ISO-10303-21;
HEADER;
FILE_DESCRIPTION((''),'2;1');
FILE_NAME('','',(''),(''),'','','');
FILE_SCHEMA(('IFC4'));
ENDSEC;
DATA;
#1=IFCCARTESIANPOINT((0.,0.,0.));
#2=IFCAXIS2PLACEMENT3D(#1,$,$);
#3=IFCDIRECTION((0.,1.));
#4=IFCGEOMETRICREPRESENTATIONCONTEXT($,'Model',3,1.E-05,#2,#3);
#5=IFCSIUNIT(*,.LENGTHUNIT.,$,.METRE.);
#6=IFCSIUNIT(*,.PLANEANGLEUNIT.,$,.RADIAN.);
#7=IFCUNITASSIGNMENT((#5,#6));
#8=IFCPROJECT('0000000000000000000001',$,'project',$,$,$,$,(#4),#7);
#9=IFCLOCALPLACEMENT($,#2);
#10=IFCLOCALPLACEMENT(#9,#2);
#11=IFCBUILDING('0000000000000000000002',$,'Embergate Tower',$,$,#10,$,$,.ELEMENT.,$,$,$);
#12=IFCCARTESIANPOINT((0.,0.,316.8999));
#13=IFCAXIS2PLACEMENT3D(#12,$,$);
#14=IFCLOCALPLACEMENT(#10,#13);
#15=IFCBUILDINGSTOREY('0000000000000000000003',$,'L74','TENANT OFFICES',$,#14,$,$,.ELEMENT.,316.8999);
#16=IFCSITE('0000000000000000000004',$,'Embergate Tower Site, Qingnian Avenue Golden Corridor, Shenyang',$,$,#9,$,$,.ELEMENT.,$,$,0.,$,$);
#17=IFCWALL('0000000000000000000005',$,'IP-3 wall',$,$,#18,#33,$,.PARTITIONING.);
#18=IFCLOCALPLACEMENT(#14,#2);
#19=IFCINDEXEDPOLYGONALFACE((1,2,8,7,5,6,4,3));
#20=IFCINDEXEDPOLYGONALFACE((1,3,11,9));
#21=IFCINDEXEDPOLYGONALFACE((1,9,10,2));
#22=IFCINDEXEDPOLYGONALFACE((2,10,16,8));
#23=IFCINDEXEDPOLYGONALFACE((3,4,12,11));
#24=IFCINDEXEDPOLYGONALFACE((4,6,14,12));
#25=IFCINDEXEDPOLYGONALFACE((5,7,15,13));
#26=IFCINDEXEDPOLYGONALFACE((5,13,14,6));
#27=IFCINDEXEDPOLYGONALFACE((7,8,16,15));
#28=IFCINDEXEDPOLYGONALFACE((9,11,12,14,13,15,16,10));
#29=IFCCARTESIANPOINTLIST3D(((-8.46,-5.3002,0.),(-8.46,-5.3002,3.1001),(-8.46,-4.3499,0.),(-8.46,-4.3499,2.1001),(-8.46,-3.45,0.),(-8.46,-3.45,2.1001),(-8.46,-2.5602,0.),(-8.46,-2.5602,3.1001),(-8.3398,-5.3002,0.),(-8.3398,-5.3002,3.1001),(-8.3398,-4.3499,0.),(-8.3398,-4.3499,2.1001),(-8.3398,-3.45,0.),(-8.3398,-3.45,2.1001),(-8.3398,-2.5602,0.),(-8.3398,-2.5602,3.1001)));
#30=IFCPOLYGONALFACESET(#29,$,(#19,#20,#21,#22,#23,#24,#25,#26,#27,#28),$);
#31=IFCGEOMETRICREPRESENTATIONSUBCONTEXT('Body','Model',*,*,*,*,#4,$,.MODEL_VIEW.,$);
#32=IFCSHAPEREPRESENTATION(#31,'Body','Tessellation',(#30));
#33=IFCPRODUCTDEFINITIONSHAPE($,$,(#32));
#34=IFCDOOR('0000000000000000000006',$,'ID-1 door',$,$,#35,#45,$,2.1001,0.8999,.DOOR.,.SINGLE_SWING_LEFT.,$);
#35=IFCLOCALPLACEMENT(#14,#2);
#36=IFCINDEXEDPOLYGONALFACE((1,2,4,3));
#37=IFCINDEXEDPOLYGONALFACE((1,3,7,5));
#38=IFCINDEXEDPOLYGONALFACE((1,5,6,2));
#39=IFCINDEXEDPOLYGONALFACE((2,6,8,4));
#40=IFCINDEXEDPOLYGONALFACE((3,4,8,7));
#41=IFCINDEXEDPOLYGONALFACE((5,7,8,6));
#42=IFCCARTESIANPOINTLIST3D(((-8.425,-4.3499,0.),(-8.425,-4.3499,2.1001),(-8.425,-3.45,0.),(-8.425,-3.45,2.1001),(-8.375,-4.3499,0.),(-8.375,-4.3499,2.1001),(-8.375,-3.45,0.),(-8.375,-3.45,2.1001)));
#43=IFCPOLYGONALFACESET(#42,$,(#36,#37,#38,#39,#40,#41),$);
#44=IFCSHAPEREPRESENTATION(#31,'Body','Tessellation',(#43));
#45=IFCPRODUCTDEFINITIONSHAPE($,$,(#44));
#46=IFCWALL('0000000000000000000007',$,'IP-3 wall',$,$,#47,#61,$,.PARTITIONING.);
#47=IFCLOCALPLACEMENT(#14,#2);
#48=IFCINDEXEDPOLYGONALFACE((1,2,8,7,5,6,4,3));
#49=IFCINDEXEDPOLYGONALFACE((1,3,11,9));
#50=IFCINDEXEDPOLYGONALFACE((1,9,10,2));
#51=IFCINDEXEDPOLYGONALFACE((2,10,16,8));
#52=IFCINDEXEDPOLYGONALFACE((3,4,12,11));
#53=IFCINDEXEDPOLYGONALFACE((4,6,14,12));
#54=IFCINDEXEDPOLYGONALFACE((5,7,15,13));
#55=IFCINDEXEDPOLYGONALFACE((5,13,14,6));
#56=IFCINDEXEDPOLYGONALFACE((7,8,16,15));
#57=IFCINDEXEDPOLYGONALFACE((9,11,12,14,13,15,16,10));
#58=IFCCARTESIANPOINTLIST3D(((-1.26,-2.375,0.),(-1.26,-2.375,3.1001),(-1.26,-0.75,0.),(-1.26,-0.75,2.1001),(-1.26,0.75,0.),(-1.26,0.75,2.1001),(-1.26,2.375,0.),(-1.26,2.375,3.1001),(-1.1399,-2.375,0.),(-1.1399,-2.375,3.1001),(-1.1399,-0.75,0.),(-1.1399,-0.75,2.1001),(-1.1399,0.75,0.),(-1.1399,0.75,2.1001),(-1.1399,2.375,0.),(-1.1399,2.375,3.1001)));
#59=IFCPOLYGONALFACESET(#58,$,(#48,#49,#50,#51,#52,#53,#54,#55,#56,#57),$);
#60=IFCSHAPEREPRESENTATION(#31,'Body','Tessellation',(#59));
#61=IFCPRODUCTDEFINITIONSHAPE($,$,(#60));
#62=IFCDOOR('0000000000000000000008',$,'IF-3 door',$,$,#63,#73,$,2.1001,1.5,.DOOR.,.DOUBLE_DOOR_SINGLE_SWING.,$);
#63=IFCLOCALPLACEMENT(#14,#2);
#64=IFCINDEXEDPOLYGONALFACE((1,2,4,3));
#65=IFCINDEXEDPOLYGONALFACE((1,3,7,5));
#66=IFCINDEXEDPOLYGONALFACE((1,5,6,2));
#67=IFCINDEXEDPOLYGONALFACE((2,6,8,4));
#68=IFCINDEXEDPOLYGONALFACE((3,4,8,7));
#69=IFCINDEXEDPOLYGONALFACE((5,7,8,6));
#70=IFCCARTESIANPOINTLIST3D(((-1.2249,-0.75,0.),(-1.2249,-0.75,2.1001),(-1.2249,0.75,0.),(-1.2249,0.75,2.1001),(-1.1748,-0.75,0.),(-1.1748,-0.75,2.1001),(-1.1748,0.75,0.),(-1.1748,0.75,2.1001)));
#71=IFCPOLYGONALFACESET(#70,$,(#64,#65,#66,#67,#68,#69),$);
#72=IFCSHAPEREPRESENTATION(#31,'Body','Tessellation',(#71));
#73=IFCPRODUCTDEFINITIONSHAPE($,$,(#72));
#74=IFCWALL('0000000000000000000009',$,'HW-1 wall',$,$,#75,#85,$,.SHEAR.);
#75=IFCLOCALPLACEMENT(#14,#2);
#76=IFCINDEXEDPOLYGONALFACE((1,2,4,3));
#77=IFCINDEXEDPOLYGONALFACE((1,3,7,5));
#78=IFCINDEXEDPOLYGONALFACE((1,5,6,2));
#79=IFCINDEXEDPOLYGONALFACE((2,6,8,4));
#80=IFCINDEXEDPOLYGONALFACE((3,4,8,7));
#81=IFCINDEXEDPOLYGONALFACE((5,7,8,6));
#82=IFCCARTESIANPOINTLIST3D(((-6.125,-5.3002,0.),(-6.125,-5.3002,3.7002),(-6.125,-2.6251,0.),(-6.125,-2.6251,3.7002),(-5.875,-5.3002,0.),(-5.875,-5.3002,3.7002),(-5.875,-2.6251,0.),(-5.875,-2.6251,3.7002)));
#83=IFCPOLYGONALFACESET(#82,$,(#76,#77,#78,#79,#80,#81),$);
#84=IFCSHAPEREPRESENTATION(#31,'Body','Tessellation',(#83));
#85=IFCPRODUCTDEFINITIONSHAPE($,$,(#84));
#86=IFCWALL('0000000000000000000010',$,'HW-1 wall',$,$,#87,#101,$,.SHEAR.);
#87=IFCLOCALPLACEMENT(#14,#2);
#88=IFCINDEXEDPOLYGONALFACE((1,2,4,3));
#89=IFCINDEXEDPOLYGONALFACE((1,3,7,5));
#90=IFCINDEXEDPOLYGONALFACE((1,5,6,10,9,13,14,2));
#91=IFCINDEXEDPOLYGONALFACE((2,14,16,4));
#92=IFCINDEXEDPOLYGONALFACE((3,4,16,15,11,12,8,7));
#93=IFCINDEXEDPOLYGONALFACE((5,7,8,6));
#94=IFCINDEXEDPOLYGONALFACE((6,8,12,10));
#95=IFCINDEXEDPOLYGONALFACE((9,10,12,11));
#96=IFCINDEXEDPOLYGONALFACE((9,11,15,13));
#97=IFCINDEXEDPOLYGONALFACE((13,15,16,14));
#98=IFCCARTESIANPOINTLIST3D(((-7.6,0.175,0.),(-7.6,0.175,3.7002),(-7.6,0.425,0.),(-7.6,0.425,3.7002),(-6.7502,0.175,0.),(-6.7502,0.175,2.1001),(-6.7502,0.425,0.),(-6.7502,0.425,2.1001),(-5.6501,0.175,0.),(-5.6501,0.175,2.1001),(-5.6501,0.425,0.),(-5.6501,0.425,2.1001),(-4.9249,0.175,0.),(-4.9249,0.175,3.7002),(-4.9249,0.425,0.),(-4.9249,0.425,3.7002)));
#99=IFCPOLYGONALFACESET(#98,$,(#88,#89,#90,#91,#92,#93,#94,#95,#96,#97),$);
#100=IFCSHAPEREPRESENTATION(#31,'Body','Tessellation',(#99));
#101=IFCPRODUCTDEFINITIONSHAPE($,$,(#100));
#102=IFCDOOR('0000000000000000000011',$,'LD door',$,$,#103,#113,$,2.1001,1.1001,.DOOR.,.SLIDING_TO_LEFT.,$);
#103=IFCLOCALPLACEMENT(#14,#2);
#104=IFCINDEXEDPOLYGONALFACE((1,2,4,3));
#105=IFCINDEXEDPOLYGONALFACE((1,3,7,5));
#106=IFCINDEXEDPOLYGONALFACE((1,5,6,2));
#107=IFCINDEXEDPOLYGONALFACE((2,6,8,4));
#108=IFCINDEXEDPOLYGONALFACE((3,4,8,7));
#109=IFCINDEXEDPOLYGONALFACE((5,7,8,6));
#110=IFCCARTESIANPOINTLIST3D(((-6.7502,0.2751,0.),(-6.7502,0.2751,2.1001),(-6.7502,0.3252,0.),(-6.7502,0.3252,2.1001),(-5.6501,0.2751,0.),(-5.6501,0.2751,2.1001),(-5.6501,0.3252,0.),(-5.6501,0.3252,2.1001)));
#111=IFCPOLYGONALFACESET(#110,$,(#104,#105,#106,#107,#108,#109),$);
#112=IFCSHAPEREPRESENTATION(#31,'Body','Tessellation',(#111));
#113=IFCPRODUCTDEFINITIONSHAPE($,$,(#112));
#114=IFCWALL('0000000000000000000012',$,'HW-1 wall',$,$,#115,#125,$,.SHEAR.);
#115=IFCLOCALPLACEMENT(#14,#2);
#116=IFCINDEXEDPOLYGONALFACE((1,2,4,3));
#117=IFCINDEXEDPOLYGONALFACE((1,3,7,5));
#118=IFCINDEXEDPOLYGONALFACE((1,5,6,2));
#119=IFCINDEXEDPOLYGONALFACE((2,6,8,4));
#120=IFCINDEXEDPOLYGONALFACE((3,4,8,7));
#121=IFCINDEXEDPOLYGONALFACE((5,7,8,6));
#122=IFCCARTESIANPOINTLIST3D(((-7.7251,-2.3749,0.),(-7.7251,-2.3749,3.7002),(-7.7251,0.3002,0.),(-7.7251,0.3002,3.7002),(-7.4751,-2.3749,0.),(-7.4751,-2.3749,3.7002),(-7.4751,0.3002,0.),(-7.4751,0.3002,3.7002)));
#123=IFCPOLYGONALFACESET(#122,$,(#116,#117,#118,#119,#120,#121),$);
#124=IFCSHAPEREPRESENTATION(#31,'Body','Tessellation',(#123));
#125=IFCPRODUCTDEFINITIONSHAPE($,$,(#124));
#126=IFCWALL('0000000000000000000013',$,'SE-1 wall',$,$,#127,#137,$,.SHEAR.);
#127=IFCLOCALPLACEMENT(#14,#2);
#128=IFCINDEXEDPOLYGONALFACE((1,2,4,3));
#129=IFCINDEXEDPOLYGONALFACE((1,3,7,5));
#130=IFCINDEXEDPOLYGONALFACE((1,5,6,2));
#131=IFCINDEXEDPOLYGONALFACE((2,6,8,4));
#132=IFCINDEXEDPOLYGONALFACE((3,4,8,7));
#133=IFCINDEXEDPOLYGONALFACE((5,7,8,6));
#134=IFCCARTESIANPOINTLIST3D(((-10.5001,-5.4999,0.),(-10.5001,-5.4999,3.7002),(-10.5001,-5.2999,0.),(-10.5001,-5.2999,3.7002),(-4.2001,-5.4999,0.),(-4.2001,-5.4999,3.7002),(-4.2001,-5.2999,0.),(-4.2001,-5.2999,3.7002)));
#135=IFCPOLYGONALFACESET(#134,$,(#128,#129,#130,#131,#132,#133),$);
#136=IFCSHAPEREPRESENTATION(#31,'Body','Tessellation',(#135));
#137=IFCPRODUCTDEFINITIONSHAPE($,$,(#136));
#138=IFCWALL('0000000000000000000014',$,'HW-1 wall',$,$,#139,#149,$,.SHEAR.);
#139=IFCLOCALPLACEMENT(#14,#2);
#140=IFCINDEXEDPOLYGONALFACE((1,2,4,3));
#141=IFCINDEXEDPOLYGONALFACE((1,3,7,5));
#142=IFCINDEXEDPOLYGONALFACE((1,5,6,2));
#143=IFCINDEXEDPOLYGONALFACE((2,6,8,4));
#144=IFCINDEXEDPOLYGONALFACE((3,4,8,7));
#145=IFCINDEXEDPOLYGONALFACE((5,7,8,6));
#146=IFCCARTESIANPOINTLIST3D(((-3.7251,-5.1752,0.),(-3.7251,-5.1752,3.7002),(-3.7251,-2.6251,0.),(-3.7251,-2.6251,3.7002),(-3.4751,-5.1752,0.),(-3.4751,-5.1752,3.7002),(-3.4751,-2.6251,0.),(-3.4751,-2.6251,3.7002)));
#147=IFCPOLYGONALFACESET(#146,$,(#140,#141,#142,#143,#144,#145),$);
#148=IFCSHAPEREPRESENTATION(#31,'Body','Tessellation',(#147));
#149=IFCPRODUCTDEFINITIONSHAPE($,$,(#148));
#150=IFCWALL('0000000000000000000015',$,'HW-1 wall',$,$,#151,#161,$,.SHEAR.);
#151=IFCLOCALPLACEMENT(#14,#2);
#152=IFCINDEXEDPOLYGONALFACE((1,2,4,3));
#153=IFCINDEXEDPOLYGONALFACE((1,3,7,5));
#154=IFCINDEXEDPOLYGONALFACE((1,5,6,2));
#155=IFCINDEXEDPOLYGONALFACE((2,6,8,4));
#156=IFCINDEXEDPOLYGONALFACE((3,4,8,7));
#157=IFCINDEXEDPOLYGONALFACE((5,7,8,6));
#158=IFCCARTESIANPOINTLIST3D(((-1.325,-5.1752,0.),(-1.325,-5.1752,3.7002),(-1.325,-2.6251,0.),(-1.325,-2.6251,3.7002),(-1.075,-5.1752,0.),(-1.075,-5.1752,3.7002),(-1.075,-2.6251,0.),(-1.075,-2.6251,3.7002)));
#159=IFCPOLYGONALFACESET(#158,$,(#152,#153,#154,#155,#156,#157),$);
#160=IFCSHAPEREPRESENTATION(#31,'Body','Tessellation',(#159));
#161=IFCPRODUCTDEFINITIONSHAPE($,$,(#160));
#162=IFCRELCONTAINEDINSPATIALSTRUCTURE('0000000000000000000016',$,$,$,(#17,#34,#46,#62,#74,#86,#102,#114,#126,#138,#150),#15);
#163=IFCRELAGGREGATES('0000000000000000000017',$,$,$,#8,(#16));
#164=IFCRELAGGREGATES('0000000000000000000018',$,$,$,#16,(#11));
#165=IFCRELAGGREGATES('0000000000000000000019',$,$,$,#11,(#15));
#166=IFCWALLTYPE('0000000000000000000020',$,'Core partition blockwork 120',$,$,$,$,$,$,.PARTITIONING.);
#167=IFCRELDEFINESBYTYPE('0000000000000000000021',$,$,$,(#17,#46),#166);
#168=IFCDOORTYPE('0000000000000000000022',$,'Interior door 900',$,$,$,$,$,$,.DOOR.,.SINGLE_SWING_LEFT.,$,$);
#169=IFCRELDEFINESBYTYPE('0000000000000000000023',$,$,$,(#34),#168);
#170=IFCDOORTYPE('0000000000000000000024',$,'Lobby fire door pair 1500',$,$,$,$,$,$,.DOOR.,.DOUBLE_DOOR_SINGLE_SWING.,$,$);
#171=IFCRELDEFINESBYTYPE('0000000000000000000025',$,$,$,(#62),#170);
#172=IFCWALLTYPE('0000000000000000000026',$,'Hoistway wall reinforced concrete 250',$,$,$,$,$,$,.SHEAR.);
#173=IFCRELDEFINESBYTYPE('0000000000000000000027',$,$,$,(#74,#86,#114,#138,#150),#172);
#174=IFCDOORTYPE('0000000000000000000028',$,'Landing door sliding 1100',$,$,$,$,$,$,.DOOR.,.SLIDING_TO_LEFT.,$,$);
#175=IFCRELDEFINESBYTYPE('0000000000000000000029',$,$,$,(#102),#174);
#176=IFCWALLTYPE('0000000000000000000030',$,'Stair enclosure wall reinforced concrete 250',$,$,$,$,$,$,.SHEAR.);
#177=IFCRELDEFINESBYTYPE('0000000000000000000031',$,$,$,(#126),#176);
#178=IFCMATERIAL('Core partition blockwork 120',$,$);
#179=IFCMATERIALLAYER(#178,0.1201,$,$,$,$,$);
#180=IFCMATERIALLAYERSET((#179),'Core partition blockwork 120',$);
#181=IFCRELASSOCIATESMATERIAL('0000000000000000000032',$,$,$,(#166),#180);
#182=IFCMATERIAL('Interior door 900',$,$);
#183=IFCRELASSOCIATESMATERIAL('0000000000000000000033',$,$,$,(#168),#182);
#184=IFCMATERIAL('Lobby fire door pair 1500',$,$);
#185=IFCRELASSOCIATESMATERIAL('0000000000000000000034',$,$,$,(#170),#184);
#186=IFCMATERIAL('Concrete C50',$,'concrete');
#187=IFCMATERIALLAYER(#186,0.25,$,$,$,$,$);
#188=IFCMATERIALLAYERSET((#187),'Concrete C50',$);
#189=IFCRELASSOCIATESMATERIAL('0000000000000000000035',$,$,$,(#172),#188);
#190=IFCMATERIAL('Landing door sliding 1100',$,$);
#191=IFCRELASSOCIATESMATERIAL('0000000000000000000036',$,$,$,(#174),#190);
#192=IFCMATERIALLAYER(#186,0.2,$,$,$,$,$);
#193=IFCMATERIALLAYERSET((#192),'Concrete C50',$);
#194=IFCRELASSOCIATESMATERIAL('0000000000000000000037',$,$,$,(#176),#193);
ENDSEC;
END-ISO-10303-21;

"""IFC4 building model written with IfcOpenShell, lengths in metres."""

from ifc_helpers import new_model, si_unit, direction, frame, frame_2d, origin, place, context, subcontext, project, spatial, rectangle, extrude, source, transform, mapped, material, layer, layer_set, type_object, element, fill, save


model = new_model("IFC4")

# Units and contexts
model_context = context("Model", 3, precision=1e-05, world=origin(), true_north=direction((0.0, 1.0)))
body_context = subcontext(model_context, "Body", "Model", "MODEL_VIEW")
ifc_project = project(units=[si_unit("LENGTHUNIT", "METRE"), si_unit("PLANEANGLEUNIT", "RADIAN")], contexts=[model_context])

# Site, building, storey
site_placement = place(None, origin())
site = spatial("IfcSite", under=ifc_project, at=site_placement, Name="Embergate Tower Site, Qingnian Avenue Golden Corridor, Shenyang", CompositionType="ELEMENT", RefElevation=0.0)
building_placement = place(site_placement, origin())
building = spatial("IfcBuilding", under=site, at=building_placement, Name="Embergate Tower", CompositionType="ELEMENT")
storey_placement = place(building_placement, frame((0.0, 0.0, 316.8999)))
storey = spatial("IfcBuildingStorey", under=building, at=storey_placement, Name="L74", Description="TENANT OFFICES", CompositionType="ELEMENT", Elevation=316.8999)

# Walls, openings, doors
ifc_material_1 = material(Name="Core partition blockwork 120")
ifc_layer_1 = layer(ifc_material_1, 0.1201)
ifc_layer_set_1 = layer_set([ifc_layer_1], Name="Core partition blockwork 120")
wall_type_1 = type_object("IfcWallType", Name="Core partition blockwork 120", PredefinedType="PARTITIONING", material=ifc_layer_set_1)
shared_shape_1 = source(origin(), body_context, "Body", "SweptSolid", [
    extrude(rectangle(XDim=2.74, YDim=0.1201, at=frame_2d((1.3701, 0.0))), origin(), (0.0, 0.0, 1.0), 3.1001),
])
wall_1_placement = place(storey_placement, frame((-8.3999, -2.5601, 0.0), z_axis=(0.0, 0.0, 1.0), x_axis=(0.0, -1.0, 0.0)))
wall_1 = element("IfcWall", 1, at=wall_1_placement, inside=storey, type_object=wall_type_1, Name="IP-3 wall", PredefinedType="PARTITIONING", context=body_context, shape_type="MappedRepresentation", body=[
    mapped(shared_shape_1, transform((0.0, 0.0, 0.0))),
])
shared_shape_2 = source(origin(), body_context, "Body", "SweptSolid", [
    extrude(rectangle(XDim=0.8999, YDim=2.1001, at=frame_2d((0.45, 1.05))), frame((0.0, 0.0701, 0.0), z_axis=(0.0, -1.0, 0.0), x_axis=(1.0, 0.0, 0.0)), (0.0, 0.0, 1.0), 0.1401),
])
opening_1_placement = place(wall_1_placement, frame((0.8899, 0.0, 0.0)))
opening_1 = element("IfcOpeningElement", 2, at=opening_1_placement, cuts=wall_1, PredefinedType="OPENING", context=body_context, shape_type="MappedRepresentation", body=[
    mapped(shared_shape_2, transform((0.0, 0.0, 0.0))),
])
ifc_material_2 = material(Name="Interior door 900")
door_type_1 = type_object("IfcDoorType", Name="Interior door 900", OperationType="SINGLE_SWING_LEFT", PredefinedType="DOOR", material=ifc_material_2)
shared_shape_3 = source(origin(), body_context, "Body", "SweptSolid", [
    extrude(rectangle(XDim=0.8999, YDim=2.1001, at=frame_2d((0.45, 1.05))), frame((0.0, 0.0249, 0.0), z_axis=(0.0, -1.0, 0.0), x_axis=(1.0, 0.0, 0.0)), (0.0, 0.0, 1.0), 0.05),
])
door_1_placement = place(opening_1_placement, origin())
door_1 = element("IfcDoor", 3, at=door_1_placement, inside=storey, type_object=door_type_1, Name="ID-1 door", OperationType="SINGLE_SWING_LEFT", OverallHeight=2.1001, OverallWidth=0.8999, PredefinedType="DOOR", context=body_context, shape_type="MappedRepresentation", body=[
    mapped(shared_shape_3, transform((0.0, 0.0, 0.0))),
])
fill(opening_1, door_1)
shared_shape_4 = source(origin(), body_context, "Body", "SweptSolid", [
    extrude(rectangle(XDim=4.75, YDim=0.1201, at=frame_2d((2.375, 0.0))), origin(), (0.0, 0.0, 1.0), 3.1001),
])
wall_2_placement = place(storey_placement, frame((-1.2, -2.375, 0.0), z_axis=(0.0, 0.0, 1.0), x_axis=(0.0, 1.0, 0.0)))
wall_2 = element("IfcWall", 4, at=wall_2_placement, inside=storey, type_object=wall_type_1, Name="IP-3 wall", PredefinedType="PARTITIONING", context=body_context, shape_type="MappedRepresentation", body=[
    mapped(shared_shape_4, transform((0.0, 0.0, 0.0))),
])
shared_shape_5 = source(origin(), body_context, "Body", "SweptSolid", [
    extrude(rectangle(XDim=1.5, YDim=2.1001, at=frame_2d((0.75, 1.05))), frame((0.0, 0.0701, 0.0), z_axis=(0.0, -1.0, 0.0), x_axis=(1.0, 0.0, 0.0)), (0.0, 0.0, 1.0), 0.1401),
])
opening_2_placement = place(wall_2_placement, frame((1.625, 0.0, 0.0)))
opening_2 = element("IfcOpeningElement", 5, at=opening_2_placement, cuts=wall_2, PredefinedType="OPENING", context=body_context, shape_type="MappedRepresentation", body=[
    mapped(shared_shape_5, transform((0.0, 0.0, 0.0))),
])
ifc_material_3 = material(Name="Lobby fire door pair 1500")
door_type_2 = type_object("IfcDoorType", Name="Lobby fire door pair 1500", OperationType="DOUBLE_DOOR_SINGLE_SWING", PredefinedType="DOOR", material=ifc_material_3)
shared_shape_6 = source(origin(), body_context, "Body", "SweptSolid", [
    extrude(rectangle(XDim=1.5, YDim=2.1001, at=frame_2d((0.75, 1.05))), frame((0.0, 0.0249, 0.0), z_axis=(0.0, -1.0, 0.0), x_axis=(1.0, 0.0, 0.0)), (0.0, 0.0, 1.0), 0.05),
])
door_2_placement = place(opening_2_placement, origin())
door_2 = element("IfcDoor", 6, at=door_2_placement, inside=storey, type_object=door_type_2, Name="IF-3 door", OperationType="DOUBLE_DOOR_SINGLE_SWING", OverallHeight=2.1001, OverallWidth=1.5, PredefinedType="DOOR", context=body_context, shape_type="MappedRepresentation", body=[
    mapped(shared_shape_6, transform((0.0, 0.0, 0.0))),
])
fill(opening_2, door_2)

# Wall
ifc_material_4 = material(Name="Concrete C50", Category="concrete")
ifc_layer_2 = layer(ifc_material_4, 0.25)
ifc_layer_set_2 = layer_set([ifc_layer_2], Name="Concrete C50")
wall_type_2 = type_object("IfcWallType", Name="Hoistway wall reinforced concrete 250", PredefinedType="SHEAR", material=ifc_layer_set_2)
shared_shape_7 = source(origin(), body_context, "Body", "SweptSolid", [
    extrude(rectangle(XDim=2.675, YDim=0.25, at=frame_2d((1.3374, 0.0))), origin(), (0.0, 0.0, 1.0), 3.7002),
])
wall_3_placement = place(storey_placement, frame((-6.0, -5.3, 0.0), z_axis=(0.0, 0.0, 1.0), x_axis=(0.0, 1.0, 0.0)))
element("IfcWall", 7, at=wall_3_placement, inside=storey, type_object=wall_type_2, Name="HW-1 wall", PredefinedType="SHEAR", context=body_context, shape_type="MappedRepresentation", body=[
    mapped(shared_shape_7, transform((0.0, 0.0, 0.0))),
])

# Wall, opening, door
wall_4_placement = place(storey_placement, frame((-4.925, 0.3, 0.0), z_axis=(0.0, 0.0, 1.0), x_axis=(-1.0, 0.0, 0.0)))
wall_4 = element("IfcWall", 8, at=wall_4_placement, inside=storey, type_object=wall_type_2, Name="HW-1 wall", PredefinedType="SHEAR", context=body_context, shape_type="MappedRepresentation", body=[
    mapped(shared_shape_7, transform((0.0, 0.0, 0.0))),
])
shared_shape_8 = source(origin(), body_context, "Body", "SweptSolid", [
    extrude(rectangle(XDim=1.1001, YDim=2.1001, at=frame_2d((0.55, 1.05))), frame((0.0, 0.135, 0.0), z_axis=(0.0, -1.0, 0.0), x_axis=(1.0, 0.0, 0.0)), (0.0, 0.0, 1.0), 0.27),
])
opening_3_placement = place(wall_4_placement, frame((0.7251, 0.0, 0.0)))
opening_3 = element("IfcOpeningElement", 9, at=opening_3_placement, cuts=wall_4, PredefinedType="OPENING", context=body_context, shape_type="MappedRepresentation", body=[
    mapped(shared_shape_8, transform((0.0, 0.0, 0.0))),
])
ifc_material_5 = material(Name="Landing door sliding 1100")
door_type_3 = type_object("IfcDoorType", Name="Landing door sliding 1100", OperationType="SLIDING_TO_LEFT", PredefinedType="DOOR", material=ifc_material_5)
shared_shape_9 = source(origin(), body_context, "Body", "SweptSolid", [
    extrude(rectangle(XDim=1.1001, YDim=2.1001, at=frame_2d((0.55, 1.05))), frame((0.0, 0.0249, 0.0), z_axis=(0.0, -1.0, 0.0), x_axis=(1.0, 0.0, 0.0)), (0.0, 0.0, 1.0), 0.05),
])
door_3_placement = place(opening_3_placement, origin())
door_3 = element("IfcDoor", 10, at=door_3_placement, inside=storey, type_object=door_type_3, Name="LD door", OperationType="SLIDING_TO_LEFT", OverallHeight=2.1001, OverallWidth=1.1001, PredefinedType="DOOR", context=body_context, shape_type="MappedRepresentation", body=[
    mapped(shared_shape_9, transform((0.0, 0.0, 0.0))),
])
fill(opening_3, door_3)

# Walls
wall_5_placement = place(storey_placement, frame((-7.6001, 0.3, 0.0), z_axis=(0.0, 0.0, 1.0), x_axis=(0.0, -1.0, 0.0)))
element("IfcWall", 11, at=wall_5_placement, inside=storey, type_object=wall_type_2, Name="HW-1 wall", PredefinedType="SHEAR", context=body_context, shape_type="MappedRepresentation", body=[
    mapped(shared_shape_7, transform((0.0, 0.0, 0.0))),
])
ifc_layer_3 = layer(ifc_material_4, 0.2)
ifc_layer_set_3 = layer_set([ifc_layer_3], Name="Concrete C50")
wall_type_3 = type_object("IfcWallType", Name="Stair enclosure wall reinforced concrete 250", PredefinedType="SHEAR", material=ifc_layer_set_3)
shared_shape_10 = source(origin(), body_context, "Body", "SweptSolid", [
    extrude(rectangle(XDim=6.3, YDim=0.2, at=frame_2d((3.1499, 0.0))), origin(), (0.0, 0.0, 1.0), 3.7002),
])
wall_6_placement = place(storey_placement, frame((-10.5, -5.3999, 0.0), z_axis=(0.0, 0.0, 1.0), x_axis=(1.0, 0.0, 0.0)))
element("IfcWall", 12, at=wall_6_placement, inside=storey, type_object=wall_type_3, Name="SE-1 wall", PredefinedType="SHEAR", context=body_context, shape_type="MappedRepresentation", body=[
    mapped(shared_shape_10, transform((0.0, 0.0, 0.0))),
])
shared_shape_11 = source(origin(), body_context, "Body", "SweptSolid", [
    extrude(rectangle(XDim=2.55, YDim=0.25, at=frame_2d((1.2749, 0.0))), origin(), (0.0, 0.0, 1.0), 3.7002),
])
for number, where, z_axis, x_axis, name in (
    (13, (-3.6001, -5.175, 0.0), (0.0, 0.0, 1.0), (0.0, 1.0, 0.0), "HW-1 wall"),
    (14, (-1.2, -5.175, 0.0), (0.0, 0.0, 1.0), (0.0, 1.0, 0.0), "HW-1 wall"),
):
    element("IfcWall", number, at=place(storey_placement, frame(where, z_axis=z_axis, x_axis=x_axis)), inside=storey, type_object=wall_type_2, Name=name, PredefinedType="SHEAR", context=body_context, shape_type="MappedRepresentation", body=[
        mapped(shared_shape_11, transform((0.0, 0.0, 0.0))),
    ])

save(model, "model.ifc")
